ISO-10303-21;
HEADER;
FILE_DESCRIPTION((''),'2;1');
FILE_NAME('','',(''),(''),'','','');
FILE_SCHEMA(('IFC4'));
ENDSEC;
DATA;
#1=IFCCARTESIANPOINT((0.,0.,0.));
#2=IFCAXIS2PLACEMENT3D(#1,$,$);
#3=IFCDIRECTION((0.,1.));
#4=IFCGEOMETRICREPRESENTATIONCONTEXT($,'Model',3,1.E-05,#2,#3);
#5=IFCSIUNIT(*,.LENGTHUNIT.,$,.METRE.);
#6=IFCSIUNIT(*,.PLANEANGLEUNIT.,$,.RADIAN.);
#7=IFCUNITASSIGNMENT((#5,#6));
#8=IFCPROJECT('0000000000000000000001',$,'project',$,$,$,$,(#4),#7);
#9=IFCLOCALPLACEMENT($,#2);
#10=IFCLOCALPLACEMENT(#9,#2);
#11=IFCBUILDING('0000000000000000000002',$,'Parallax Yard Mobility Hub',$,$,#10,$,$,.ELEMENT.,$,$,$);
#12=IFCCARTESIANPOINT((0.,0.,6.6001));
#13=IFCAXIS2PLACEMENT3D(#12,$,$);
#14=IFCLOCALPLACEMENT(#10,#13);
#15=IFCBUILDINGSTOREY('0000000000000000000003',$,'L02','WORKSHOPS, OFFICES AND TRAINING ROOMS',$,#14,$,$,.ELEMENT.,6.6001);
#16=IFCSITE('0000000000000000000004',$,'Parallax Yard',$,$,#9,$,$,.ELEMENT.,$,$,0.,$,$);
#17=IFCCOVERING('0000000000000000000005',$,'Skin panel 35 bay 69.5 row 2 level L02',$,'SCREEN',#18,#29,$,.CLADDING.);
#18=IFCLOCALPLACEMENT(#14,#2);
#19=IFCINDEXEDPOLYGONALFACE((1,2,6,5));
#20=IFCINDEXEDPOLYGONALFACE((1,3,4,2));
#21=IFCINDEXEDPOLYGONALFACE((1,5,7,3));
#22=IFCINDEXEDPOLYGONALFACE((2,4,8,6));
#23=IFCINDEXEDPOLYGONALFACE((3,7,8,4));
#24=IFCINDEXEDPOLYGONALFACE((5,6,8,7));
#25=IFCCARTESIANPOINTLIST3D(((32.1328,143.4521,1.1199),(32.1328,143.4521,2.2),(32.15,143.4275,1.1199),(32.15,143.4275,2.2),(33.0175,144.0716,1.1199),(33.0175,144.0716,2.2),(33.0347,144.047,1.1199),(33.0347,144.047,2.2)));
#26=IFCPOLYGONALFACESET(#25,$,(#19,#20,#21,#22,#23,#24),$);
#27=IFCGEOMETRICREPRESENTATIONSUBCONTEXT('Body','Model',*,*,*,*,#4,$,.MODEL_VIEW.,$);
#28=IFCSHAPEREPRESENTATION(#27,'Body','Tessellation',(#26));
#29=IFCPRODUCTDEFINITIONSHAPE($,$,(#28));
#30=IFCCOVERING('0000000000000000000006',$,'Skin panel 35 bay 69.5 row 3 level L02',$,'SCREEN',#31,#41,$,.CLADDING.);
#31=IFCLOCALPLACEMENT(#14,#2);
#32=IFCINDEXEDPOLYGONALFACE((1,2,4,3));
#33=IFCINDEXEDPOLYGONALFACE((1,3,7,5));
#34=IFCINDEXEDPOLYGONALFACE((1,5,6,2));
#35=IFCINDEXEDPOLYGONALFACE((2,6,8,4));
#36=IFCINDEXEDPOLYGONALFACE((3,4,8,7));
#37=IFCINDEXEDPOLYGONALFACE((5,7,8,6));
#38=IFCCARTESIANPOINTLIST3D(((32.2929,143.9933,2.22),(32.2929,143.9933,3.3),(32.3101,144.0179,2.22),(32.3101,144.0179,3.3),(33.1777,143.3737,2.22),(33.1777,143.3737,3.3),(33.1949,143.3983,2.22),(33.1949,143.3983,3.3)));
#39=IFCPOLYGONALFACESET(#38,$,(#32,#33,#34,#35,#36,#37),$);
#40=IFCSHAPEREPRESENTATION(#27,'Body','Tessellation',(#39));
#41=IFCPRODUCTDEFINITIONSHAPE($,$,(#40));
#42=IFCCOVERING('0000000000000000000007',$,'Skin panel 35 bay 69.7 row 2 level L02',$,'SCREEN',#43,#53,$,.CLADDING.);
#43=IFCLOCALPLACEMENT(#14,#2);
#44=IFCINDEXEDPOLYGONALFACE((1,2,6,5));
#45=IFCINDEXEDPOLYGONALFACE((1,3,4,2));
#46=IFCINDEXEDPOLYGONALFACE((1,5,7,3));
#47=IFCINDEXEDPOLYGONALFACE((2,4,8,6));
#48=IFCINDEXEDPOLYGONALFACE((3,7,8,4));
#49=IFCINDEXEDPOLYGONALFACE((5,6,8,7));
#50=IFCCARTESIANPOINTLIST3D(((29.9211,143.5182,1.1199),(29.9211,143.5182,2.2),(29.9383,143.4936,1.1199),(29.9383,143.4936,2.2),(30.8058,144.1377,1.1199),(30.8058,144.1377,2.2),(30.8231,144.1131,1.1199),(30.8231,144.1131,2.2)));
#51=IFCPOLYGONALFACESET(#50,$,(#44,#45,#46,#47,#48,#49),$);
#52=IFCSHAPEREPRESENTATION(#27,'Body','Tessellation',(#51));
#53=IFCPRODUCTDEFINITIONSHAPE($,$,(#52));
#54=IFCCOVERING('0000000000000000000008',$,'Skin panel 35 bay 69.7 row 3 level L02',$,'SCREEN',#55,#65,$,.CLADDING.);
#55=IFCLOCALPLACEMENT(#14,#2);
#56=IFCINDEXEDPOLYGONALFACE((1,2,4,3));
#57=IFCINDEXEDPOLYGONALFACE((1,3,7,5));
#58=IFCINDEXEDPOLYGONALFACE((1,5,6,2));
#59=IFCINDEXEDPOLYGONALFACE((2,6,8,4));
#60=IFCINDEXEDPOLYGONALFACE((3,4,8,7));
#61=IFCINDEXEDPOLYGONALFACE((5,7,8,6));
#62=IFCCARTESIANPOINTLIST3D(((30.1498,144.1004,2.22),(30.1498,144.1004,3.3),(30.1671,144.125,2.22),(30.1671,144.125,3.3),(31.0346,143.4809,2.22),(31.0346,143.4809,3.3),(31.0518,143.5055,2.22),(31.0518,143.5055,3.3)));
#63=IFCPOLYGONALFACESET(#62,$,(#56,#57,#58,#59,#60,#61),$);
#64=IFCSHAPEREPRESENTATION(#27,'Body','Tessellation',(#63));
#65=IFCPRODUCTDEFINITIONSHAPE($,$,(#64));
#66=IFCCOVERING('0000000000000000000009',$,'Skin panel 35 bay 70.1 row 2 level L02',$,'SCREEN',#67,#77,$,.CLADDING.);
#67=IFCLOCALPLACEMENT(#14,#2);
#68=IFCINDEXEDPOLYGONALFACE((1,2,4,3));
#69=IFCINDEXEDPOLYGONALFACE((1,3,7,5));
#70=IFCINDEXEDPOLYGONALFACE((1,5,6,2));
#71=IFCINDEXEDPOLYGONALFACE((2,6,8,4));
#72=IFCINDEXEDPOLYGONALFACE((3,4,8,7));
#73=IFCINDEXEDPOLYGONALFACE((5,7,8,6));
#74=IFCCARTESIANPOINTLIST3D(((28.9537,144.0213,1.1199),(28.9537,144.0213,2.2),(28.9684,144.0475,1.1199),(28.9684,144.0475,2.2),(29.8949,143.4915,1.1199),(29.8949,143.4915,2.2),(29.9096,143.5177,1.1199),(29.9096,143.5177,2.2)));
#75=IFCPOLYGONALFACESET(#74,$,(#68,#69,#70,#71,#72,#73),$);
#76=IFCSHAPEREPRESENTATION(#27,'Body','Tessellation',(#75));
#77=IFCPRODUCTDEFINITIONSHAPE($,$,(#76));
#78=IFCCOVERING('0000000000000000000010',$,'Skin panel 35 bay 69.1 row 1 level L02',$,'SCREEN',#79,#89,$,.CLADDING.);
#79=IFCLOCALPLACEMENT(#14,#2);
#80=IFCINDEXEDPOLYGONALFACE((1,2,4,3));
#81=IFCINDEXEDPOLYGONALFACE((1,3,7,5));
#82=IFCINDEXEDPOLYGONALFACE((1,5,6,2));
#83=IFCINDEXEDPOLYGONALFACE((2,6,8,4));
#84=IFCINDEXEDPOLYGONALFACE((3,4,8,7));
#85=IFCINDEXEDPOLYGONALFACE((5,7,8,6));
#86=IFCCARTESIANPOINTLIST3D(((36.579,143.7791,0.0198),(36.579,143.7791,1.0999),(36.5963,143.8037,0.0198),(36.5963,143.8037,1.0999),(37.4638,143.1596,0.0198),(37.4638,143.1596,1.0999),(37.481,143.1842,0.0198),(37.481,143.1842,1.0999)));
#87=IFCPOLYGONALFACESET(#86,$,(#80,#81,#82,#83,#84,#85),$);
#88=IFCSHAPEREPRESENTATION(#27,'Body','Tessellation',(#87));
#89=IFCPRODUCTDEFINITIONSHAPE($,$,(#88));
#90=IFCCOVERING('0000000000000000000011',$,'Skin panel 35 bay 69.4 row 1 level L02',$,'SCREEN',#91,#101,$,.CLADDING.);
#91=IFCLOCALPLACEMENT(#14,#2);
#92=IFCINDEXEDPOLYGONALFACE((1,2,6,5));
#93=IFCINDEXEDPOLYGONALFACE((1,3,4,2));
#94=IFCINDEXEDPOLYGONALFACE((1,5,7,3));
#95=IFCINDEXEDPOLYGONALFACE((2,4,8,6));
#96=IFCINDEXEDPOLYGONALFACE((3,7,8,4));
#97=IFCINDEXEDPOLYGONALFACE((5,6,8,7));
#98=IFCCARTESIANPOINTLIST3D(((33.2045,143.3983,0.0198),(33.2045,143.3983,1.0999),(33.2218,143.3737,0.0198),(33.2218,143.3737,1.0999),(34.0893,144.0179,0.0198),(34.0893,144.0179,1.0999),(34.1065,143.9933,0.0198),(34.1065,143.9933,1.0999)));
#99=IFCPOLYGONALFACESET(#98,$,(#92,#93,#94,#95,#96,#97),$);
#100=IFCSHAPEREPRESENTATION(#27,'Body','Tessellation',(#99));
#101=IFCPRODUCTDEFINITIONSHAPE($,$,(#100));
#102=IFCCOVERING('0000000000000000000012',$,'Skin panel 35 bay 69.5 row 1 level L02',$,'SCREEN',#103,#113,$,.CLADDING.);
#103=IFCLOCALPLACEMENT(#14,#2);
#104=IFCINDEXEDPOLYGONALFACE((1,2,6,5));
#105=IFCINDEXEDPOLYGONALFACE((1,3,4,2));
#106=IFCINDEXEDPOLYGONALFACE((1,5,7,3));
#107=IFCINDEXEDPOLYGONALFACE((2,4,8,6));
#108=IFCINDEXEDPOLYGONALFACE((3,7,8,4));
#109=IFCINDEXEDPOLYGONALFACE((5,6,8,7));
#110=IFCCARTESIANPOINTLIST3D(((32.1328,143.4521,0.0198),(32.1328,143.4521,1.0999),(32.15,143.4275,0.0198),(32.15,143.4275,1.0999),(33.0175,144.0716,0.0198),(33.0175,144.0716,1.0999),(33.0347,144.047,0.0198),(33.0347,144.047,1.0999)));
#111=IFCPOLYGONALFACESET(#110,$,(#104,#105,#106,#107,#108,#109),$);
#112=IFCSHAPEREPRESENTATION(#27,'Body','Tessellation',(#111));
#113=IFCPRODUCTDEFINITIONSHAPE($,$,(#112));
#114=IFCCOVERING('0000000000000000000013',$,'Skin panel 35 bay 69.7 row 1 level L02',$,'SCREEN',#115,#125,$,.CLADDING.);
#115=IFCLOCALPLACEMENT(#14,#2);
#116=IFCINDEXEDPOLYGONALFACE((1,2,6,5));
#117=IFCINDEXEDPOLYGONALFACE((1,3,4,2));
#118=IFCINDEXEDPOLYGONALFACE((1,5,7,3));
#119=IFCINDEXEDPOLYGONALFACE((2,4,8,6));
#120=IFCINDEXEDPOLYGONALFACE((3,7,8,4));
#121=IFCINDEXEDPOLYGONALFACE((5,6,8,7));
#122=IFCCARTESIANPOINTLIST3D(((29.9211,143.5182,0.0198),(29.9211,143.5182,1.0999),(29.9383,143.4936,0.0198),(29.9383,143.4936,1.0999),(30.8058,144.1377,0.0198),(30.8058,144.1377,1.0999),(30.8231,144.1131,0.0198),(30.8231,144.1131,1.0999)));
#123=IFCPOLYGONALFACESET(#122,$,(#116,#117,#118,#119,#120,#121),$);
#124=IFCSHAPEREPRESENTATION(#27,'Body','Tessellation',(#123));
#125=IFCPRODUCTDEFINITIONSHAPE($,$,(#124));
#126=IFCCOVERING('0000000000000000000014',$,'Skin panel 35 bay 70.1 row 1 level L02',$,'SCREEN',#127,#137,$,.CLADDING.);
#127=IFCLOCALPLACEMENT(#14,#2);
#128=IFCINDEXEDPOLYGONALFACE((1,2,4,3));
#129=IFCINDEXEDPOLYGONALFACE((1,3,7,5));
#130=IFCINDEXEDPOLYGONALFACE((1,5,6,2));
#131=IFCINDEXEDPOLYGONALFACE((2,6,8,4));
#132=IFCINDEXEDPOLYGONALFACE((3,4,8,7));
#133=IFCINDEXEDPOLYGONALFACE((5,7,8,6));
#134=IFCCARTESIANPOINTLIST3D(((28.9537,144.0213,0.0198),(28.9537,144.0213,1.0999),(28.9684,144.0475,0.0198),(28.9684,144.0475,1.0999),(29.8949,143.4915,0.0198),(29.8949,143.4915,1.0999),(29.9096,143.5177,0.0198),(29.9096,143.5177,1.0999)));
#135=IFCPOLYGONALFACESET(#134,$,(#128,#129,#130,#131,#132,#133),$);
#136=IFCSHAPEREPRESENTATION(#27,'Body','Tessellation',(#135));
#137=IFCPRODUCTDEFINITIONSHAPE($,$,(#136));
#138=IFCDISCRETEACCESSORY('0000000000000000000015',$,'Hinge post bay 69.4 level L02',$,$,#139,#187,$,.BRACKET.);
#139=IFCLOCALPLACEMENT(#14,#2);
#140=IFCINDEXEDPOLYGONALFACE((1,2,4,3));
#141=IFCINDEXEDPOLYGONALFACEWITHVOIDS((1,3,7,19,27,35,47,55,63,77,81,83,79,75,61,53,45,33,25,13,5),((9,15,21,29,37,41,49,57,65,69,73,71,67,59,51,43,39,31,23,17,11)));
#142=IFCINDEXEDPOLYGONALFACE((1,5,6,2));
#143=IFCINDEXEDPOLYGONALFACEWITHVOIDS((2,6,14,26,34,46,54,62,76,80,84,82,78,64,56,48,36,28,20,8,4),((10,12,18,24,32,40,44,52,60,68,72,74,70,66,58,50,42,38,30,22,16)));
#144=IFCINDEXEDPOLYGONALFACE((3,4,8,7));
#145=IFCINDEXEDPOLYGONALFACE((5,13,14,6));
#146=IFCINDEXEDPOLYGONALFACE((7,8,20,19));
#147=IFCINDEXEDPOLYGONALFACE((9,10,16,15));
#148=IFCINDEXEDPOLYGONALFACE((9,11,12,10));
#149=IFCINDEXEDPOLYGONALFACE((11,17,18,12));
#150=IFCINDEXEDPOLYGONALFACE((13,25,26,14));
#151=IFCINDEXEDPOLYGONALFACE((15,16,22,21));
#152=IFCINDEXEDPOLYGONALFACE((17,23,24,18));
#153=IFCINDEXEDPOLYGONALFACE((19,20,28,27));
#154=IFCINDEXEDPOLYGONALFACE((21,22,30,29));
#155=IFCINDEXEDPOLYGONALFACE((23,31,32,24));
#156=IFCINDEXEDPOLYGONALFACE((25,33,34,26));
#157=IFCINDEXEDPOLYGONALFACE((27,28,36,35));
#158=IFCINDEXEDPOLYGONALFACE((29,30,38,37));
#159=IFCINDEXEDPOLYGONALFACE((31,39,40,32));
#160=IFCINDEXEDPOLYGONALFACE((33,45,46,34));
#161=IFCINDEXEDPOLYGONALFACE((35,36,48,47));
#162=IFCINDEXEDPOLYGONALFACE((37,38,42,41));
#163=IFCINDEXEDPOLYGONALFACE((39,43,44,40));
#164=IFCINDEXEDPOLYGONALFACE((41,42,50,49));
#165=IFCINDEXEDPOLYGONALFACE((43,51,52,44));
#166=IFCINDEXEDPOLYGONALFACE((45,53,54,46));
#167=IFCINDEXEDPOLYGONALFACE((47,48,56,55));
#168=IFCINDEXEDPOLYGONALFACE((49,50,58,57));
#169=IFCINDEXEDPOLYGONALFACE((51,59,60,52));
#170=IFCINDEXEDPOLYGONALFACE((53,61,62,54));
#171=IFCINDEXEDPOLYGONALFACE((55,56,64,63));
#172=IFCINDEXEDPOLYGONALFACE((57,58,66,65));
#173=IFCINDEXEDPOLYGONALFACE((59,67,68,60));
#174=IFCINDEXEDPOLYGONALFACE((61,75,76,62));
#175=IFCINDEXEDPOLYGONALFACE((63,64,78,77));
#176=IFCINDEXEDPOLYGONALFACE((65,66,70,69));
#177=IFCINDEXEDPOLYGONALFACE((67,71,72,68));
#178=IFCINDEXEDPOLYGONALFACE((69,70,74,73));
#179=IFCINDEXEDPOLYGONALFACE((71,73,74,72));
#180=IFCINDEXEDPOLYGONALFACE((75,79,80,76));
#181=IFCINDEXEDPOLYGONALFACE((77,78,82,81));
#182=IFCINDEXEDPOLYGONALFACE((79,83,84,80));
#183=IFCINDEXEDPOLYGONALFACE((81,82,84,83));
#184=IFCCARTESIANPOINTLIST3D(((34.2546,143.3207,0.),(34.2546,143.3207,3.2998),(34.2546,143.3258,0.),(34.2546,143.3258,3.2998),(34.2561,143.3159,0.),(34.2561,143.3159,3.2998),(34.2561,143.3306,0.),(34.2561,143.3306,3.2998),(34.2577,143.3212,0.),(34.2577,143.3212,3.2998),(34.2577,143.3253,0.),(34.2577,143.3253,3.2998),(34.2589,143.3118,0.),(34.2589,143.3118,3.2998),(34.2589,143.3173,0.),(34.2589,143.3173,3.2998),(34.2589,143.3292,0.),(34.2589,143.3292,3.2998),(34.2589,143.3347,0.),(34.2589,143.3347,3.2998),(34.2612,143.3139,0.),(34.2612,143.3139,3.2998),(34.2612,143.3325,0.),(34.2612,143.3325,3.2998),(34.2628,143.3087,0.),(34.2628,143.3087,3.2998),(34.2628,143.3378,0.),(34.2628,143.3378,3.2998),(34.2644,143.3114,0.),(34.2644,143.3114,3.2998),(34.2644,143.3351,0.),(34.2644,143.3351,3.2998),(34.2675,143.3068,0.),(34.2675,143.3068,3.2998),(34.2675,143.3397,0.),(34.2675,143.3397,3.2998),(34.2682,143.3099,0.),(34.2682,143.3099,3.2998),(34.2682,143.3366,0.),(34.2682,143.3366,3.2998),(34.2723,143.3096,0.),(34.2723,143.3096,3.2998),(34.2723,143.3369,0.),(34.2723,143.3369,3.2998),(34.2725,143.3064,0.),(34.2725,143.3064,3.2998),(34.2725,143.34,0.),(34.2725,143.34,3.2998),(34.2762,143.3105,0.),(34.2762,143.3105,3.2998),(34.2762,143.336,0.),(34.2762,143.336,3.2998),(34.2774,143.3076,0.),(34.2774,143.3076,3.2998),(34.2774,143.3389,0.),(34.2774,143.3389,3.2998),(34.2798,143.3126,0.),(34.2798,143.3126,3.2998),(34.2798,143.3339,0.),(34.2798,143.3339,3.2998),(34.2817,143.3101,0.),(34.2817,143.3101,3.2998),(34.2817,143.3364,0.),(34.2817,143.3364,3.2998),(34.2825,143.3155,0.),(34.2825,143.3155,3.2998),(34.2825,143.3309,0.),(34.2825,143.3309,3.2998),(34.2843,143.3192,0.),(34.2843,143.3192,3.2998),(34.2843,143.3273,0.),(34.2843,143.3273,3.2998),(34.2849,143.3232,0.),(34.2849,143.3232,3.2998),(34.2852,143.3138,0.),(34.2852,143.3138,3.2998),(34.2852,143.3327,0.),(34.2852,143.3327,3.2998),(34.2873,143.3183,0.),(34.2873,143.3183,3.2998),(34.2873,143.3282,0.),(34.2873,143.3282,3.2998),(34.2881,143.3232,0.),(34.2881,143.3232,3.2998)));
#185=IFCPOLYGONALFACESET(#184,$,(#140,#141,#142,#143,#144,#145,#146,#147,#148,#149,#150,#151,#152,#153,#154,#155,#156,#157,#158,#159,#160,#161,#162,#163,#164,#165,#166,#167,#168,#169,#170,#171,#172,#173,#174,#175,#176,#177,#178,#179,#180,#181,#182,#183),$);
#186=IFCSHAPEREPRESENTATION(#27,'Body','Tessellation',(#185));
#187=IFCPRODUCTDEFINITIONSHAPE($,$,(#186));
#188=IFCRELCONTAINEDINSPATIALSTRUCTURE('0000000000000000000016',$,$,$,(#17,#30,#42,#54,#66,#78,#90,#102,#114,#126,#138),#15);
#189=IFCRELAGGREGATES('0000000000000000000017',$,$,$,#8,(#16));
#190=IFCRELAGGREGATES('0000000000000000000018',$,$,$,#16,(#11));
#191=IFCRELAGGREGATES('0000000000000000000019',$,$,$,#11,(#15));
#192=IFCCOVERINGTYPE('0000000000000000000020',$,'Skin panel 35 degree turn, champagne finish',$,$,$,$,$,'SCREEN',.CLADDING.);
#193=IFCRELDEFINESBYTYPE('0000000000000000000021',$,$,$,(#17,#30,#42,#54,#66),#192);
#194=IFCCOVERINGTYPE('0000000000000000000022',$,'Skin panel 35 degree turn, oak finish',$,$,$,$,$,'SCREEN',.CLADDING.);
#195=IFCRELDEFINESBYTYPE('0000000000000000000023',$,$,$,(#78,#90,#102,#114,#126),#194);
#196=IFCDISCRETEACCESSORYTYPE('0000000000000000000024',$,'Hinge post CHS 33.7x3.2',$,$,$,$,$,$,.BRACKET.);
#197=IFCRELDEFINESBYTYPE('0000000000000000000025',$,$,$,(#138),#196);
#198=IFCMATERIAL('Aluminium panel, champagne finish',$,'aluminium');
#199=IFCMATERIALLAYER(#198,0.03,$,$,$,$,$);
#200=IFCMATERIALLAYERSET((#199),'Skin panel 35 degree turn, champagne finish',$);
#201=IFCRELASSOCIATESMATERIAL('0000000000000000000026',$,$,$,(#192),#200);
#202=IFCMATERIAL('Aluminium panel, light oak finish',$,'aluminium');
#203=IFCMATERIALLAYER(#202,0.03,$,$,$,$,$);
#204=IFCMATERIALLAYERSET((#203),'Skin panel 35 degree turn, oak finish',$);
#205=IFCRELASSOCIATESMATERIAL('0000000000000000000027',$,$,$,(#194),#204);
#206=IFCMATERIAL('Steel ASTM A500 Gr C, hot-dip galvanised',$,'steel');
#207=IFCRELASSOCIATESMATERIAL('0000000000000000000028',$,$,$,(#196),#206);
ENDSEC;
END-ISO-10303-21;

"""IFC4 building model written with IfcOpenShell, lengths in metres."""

from ifc_helpers import new_model, si_unit, direction, frame, origin, origin_2d, place, context, subcontext, project, spatial, rectangle, hollow_circle, extrude, material, layer, layer_set, material_profile, profile_set, type_object, element, save


model = new_model("IFC4")

# Units and contexts
model_context = context("Model", 3, precision=1e-05, world=origin(), true_north=direction((0.0, 1.0)))
body_context = subcontext(model_context, "Body", "Model", "MODEL_VIEW")
ifc_project = project(units=[si_unit("LENGTHUNIT", "METRE"), si_unit("PLANEANGLEUNIT", "RADIAN")], contexts=[model_context])

# Site, building, storey
site_placement = place(None, origin())
site = spatial("IfcSite", under=ifc_project, at=site_placement, Name="Parallax Yard", CompositionType="ELEMENT", RefElevation=0.0)
building_placement = place(site_placement, origin())
building = spatial("IfcBuilding", under=site, at=building_placement, Name="Parallax Yard Mobility Hub", CompositionType="ELEMENT")
storey_placement = place(building_placement, frame((0.0, 0.0, 6.6001)))
storey = spatial("IfcBuildingStorey", under=building, at=storey_placement, Name="L02", Description="WORKSHOPS, OFFICES AND TRAINING ROOMS", CompositionType="ELEMENT", Elevation=6.6001)

# Coverings
ifc_material_1 = material(Name="Aluminium panel, champagne finish", Category="aluminium")
ifc_material_2 = material(Name="Aluminium panel, light oak finish", Category="aluminium")
ifc_layer_1 = layer(ifc_material_1, 0.03)
ifc_layer_set_1 = layer_set([ifc_layer_1], Name="Skin panel 35 degree turn, champagne finish")
covering_type_1 = type_object("IfcCoveringType", Name="Skin panel 35 degree turn, champagne finish", ElementType="SCREEN", PredefinedType="CLADDING", material=ifc_layer_set_1)
for number, where, z_axis, x_axis, name in (
    (1, (32.5837, 143.7495, 1.1199), (0.0, 0.0, 1.0), (0.819152, 0.573576, 0.0), "Skin panel 35 bay 69.5 row 2 level L02"),
    (2, (32.7439, 143.6958, 2.22), (0.0, 0.0, 1.0), (-0.819152, 0.573576, 0.0), "Skin panel 35 bay 69.5 row 3 level L02"),
    (3, (30.3721, 143.8157, 1.1199), (0.0, 0.0, 1.0), (0.819152, 0.573576, 0.0), "Skin panel 35 bay 69.7 row 2 level L02"),
    (4, (30.6008, 143.803, 2.22), (0.0, 0.0, 1.0), (-0.819152, 0.573576, 0.0), "Skin panel 35 bay 69.7 row 3 level L02"),
    (5, (29.4316, 143.7695, 1.1199), (0.0, 0.0, 1.0), (-0.871428, 0.490524, 0.0), "Skin panel 35 bay 70.1 row 2 level L02"),
):
    element("IfcCovering", number, at=place(storey_placement, frame(where, z_axis=z_axis, x_axis=x_axis)), inside=storey, type_object=covering_type_1, Name=name, ObjectType="SCREEN", PredefinedType="CLADDING", context=body_context, shape_type="SweptSolid", body=[
        extrude(rectangle(XDim=1.0801, YDim=0.03, at=origin_2d()), origin(), (0.0, 0.0, 1.0), 1.0801),
    ])
ifc_layer_2 = layer(ifc_material_2, 0.03)
ifc_layer_set_2 = layer_set([ifc_layer_2], Name="Skin panel 35 degree turn, oak finish")
covering_type_2 = type_object("IfcCoveringType", Name="Skin panel 35 degree turn, oak finish", ElementType="SCREEN", PredefinedType="CLADDING", material=ifc_layer_set_2)
for number, where, z_axis, x_axis, name in (
    (6, (37.03, 143.4817, 0.0198), (0.0, 0.0, 1.0), (-0.819152, 0.573576, 0.0), "Skin panel 35 bay 69.1 row 1 level L02"),
    (7, (33.6555, 143.6958, 0.0198), (0.0, 0.0, 1.0), (0.819152, 0.573576, 0.0), "Skin panel 35 bay 69.4 row 1 level L02"),
    (8, (32.5837, 143.7495, 0.0198), (0.0, 0.0, 1.0), (0.819152, 0.573576, 0.0), "Skin panel 35 bay 69.5 row 1 level L02"),
    (9, (30.3721, 143.8157, 0.0198), (0.0, 0.0, 1.0), (0.819152, 0.573576, 0.0), "Skin panel 35 bay 69.7 row 1 level L02"),
    (10, (29.4316, 143.7695, 0.0198), (0.0, 0.0, 1.0), (-0.871428, 0.490524, 0.0), "Skin panel 35 bay 70.1 row 1 level L02"),
):
    element("IfcCovering", number, at=place(storey_placement, frame(where, z_axis=z_axis, x_axis=x_axis)), inside=storey, type_object=covering_type_2, Name=name, ObjectType="SCREEN", PredefinedType="CLADDING", context=body_context, shape_type="SweptSolid", body=[
        extrude(rectangle(XDim=1.0801, YDim=0.03, at=origin_2d()), origin(), (0.0, 0.0, 1.0), 1.0801),
    ])

# Discrete accessory
ifc_material_3 = material(Name="Steel ASTM A500 Gr C, hot-dip galvanised", Category="steel")
ifc_material_profile = material_profile(ifc_material_3, hollow_circle(Radius=0.0168, WallThickness=0.0032, at=origin_2d()), Name="CHS 33.7x3.2")
ifc_profile_set = profile_set([ifc_material_profile], Name="Steel ASTM A500 Gr C, hot-dip galvanised")
discrete_accessory_type = type_object("IfcDiscreteAccessoryType", Name="Hinge post CHS 33.7x3.2", PredefinedType="BRACKET", material=ifc_profile_set)
for number, where, z_axis, x_axis, name in (
    (11, (34.2712, 143.3232, 0.0), (0.0, 0.0, 1.0), (1.0, 0.0, 0.0), "Hinge post bay 69.4 level L02"),
):
    element("IfcDiscreteAccessory", number, at=place(storey_placement, frame(where, z_axis=z_axis, x_axis=x_axis)), inside=storey, type_object=discrete_accessory_type, Name=name, PredefinedType="BRACKET", context=body_context, shape_type="SweptSolid", body=[
        extrude(hollow_circle(Radius=0.0168, WallThickness=0.0032, at=origin_2d()), origin(), (0.0, 0.0, 1.0), 3.2998),
    ])

save(model, "model.ifc")
